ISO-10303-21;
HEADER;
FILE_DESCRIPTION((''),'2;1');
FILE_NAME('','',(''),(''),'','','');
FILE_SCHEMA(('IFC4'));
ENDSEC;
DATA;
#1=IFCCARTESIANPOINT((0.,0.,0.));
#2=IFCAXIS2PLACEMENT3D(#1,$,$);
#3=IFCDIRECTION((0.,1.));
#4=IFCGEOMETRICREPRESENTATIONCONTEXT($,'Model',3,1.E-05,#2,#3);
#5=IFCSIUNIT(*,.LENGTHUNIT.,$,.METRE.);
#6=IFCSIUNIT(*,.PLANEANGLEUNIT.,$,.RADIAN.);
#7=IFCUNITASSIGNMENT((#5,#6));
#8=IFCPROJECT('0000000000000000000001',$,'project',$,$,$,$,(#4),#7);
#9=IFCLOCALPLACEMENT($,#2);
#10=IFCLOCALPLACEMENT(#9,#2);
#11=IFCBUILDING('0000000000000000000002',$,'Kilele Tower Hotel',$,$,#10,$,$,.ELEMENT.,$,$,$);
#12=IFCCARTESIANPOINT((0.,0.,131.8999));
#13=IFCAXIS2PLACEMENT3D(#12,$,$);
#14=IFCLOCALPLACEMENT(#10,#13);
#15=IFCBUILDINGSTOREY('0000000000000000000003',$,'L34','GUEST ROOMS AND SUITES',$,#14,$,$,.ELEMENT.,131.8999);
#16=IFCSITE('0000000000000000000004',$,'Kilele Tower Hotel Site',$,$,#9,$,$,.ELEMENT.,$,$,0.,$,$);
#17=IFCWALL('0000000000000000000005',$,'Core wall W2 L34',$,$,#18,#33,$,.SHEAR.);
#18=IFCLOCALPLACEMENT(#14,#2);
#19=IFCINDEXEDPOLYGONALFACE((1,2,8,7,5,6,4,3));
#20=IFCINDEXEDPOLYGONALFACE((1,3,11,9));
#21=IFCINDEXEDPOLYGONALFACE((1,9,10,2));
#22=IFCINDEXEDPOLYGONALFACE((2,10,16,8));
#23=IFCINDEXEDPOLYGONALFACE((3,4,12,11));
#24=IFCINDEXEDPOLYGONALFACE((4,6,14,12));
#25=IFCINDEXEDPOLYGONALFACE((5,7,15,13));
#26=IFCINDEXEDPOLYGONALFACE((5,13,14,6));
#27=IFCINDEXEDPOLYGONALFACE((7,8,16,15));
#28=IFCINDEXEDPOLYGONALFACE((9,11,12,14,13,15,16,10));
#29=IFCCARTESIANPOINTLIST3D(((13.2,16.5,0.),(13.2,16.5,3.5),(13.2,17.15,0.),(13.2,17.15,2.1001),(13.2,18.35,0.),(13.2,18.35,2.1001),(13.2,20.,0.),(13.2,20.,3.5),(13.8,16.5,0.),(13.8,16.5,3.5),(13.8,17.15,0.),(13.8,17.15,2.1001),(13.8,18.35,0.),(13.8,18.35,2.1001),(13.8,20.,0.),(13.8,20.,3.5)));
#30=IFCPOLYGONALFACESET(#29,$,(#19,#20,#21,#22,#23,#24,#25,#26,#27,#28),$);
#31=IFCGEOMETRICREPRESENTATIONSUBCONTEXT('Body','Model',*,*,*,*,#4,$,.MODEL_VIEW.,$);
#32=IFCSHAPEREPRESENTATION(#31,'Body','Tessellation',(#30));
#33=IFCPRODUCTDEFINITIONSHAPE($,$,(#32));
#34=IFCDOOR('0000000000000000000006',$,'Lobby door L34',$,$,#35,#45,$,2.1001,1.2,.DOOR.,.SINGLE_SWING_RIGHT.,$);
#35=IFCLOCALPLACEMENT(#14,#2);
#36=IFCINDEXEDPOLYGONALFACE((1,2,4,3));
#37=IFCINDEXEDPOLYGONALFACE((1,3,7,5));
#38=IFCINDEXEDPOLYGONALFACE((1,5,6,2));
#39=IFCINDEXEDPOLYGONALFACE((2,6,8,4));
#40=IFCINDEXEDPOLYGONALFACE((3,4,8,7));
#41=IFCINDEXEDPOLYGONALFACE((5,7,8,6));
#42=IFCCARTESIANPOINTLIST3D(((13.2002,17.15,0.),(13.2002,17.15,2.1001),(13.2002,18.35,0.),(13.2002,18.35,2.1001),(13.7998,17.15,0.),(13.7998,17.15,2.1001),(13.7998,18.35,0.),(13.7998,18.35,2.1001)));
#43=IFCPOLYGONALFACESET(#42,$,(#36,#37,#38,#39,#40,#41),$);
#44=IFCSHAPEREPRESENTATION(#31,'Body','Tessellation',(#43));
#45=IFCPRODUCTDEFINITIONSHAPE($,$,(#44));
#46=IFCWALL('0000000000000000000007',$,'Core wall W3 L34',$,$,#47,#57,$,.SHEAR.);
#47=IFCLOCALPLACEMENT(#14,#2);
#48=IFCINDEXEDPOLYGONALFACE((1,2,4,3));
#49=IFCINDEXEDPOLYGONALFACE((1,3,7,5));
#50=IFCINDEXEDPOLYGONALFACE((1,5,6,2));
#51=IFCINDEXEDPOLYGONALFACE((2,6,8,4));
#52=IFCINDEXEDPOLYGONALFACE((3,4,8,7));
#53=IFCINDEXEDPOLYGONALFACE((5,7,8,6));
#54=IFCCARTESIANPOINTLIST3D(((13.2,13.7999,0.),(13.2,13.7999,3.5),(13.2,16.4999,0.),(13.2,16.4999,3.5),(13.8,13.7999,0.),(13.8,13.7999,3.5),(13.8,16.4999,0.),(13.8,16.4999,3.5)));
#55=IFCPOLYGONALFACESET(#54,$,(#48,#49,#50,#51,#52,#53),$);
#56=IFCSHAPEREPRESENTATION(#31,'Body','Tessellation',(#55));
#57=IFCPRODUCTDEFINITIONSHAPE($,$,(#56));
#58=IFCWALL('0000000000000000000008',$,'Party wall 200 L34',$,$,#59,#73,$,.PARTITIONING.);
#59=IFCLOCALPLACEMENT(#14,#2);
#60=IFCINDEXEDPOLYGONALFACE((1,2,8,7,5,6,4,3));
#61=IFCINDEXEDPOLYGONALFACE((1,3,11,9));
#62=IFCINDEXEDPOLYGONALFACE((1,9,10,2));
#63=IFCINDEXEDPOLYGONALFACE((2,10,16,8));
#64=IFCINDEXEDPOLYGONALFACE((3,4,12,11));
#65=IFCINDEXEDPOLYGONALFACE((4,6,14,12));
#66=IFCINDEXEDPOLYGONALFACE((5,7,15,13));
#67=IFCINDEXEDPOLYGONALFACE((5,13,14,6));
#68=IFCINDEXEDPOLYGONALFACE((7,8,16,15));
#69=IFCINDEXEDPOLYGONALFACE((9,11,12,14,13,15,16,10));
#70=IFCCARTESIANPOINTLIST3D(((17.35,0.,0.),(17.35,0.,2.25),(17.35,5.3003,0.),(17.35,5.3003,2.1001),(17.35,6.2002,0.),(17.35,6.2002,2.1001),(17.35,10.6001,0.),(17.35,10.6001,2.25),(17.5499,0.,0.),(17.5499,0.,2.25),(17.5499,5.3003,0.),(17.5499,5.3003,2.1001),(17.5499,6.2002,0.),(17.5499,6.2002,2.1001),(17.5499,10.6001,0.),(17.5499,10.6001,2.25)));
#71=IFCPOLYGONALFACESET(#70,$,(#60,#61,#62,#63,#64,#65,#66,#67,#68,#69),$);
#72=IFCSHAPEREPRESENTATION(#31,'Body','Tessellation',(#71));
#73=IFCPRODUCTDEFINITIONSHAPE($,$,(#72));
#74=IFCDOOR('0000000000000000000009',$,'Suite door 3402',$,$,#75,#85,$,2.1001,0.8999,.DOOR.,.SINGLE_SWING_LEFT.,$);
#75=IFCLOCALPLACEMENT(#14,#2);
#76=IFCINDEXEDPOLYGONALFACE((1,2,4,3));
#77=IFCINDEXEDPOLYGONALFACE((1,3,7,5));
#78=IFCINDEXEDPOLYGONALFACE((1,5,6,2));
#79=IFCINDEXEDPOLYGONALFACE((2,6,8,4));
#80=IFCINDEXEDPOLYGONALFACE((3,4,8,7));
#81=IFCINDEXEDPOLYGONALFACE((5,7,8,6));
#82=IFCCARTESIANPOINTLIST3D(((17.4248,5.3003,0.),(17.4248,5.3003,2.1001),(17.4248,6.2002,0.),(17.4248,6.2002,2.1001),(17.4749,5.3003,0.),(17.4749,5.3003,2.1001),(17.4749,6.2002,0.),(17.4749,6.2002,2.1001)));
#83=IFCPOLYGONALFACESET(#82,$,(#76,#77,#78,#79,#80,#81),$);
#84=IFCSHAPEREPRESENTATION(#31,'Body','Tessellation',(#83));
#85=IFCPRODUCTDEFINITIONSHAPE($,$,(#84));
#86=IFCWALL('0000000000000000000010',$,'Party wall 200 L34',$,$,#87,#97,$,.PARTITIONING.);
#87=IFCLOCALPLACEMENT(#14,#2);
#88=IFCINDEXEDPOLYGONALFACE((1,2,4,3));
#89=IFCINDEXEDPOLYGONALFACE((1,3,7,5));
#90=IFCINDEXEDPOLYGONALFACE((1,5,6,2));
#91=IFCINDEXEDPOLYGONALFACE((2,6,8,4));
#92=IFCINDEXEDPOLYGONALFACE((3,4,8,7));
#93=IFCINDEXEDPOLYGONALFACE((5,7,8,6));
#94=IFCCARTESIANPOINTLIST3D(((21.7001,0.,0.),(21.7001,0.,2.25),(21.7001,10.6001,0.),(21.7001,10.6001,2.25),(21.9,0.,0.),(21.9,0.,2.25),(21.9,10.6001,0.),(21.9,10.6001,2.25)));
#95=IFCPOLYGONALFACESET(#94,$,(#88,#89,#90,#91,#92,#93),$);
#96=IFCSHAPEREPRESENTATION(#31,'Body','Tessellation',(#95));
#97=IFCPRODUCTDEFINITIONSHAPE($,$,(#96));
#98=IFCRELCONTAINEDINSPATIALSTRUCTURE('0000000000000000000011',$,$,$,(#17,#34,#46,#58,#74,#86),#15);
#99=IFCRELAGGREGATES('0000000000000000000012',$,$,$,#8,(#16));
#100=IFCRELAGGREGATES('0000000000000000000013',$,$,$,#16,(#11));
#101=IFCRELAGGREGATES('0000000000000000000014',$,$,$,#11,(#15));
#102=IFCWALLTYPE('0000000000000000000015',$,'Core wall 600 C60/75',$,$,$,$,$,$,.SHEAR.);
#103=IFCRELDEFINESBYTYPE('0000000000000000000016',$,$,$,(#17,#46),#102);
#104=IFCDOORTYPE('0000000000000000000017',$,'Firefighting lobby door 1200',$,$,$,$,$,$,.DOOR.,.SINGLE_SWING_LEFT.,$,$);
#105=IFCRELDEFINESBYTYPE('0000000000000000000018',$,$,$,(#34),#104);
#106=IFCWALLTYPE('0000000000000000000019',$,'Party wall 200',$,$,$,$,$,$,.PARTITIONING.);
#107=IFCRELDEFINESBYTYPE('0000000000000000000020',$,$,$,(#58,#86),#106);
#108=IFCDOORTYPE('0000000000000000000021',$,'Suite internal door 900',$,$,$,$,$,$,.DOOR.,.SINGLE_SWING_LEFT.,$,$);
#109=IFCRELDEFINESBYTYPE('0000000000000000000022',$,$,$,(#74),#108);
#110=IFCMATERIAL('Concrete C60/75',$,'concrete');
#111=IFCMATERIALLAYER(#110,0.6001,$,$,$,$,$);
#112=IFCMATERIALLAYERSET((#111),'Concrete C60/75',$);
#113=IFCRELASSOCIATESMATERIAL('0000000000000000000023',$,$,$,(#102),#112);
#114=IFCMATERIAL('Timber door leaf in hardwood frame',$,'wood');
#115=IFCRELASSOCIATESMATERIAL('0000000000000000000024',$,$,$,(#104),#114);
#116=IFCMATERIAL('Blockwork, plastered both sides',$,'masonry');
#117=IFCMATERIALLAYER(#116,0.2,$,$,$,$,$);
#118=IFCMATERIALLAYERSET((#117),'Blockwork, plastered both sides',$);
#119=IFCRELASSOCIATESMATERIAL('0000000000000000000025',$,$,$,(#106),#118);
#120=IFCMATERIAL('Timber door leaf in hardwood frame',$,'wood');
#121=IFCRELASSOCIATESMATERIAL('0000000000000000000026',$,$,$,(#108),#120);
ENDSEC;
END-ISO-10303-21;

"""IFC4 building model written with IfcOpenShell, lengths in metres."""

from ifc_helpers import new_model, si_unit, direction, frame, frame_2d, origin, place, context, subcontext, project, spatial, rectangle, extrude, material, layer, layer_set, type_object, element, fill, save


model = new_model("IFC4")

# Units and contexts
model_context = context("Model", 3, precision=1e-05, world=origin(), true_north=direction((0.0, 1.0)))
body_context = subcontext(model_context, "Body", "Model", "MODEL_VIEW")
ifc_project = project(units=[si_unit("LENGTHUNIT", "METRE"), si_unit("PLANEANGLEUNIT", "RADIAN")], contexts=[model_context])

# Site, building, storey
site_placement = place(None, origin())
site = spatial("IfcSite", under=ifc_project, at=site_placement, Name="Kilele Tower Hotel Site", CompositionType="ELEMENT", RefElevation=0.0)
building_placement = place(site_placement, origin())
building = spatial("IfcBuilding", under=site, at=building_placement, Name="Kilele Tower Hotel", CompositionType="ELEMENT")
storey_placement = place(building_placement, frame((0.0, 0.0, 131.8999)))
storey = spatial("IfcBuildingStorey", under=building, at=storey_placement, Name="L34", Description="GUEST ROOMS AND SUITES", CompositionType="ELEMENT", Elevation=131.8999)

# Shared definitions
ifc_material_1 = material(Name="Concrete C60/75", Category="concrete")
ifc_layer_1 = layer(ifc_material_1, 0.6001)
ifc_layer_set_1 = layer_set([ifc_layer_1], Name="Concrete C60/75")
wall_type_1 = type_object("IfcWallType", Name="Core wall 600 C60/75", PredefinedType="SHEAR", material=ifc_layer_set_1)
ifc_material_2 = material(Name="Timber door leaf in hardwood frame", Category="wood")
door_type_1 = type_object("IfcDoorType", Name="Firefighting lobby door 1200", OperationType="SINGLE_SWING_LEFT", PredefinedType="DOOR", material=ifc_material_2)

# Wall, opening, door
wall_1_placement = place(storey_placement, frame((13.5, 20.0, 0.0), z_axis=(0.0, 0.0, 1.0), x_axis=(0.0, -1.0, 0.0)))
wall_1 = element("IfcWall", 1, at=wall_1_placement, inside=storey, type_object=wall_type_1, Name="Core wall W2 L34", PredefinedType="SHEAR", context=body_context, shape_type="SweptSolid", body=[
    extrude(rectangle(XDim=3.5, YDim=0.6001, at=frame_2d((1.75, 0.0))), origin(), (0.0, 0.0, 1.0), 3.5),
])
opening_1_placement = place(wall_1_placement, frame((1.6499, 0.0, 0.0)))
opening_1 = element("IfcOpeningElement", 2, at=opening_1_placement, cuts=wall_1, PredefinedType="OPENING", context=body_context, shape_type="SweptSolid", body=[
    extrude(rectangle(XDim=1.2, YDim=2.1001, at=frame_2d((0.6001, 1.05))), frame((0.0, 0.3101, 0.0), z_axis=(0.0, -1.0, 0.0), x_axis=(1.0, 0.0, 0.0)), (0.0, 0.0, 1.0), 0.6201),
])
door_1_placement = place(opening_1_placement, origin())
door_1 = element("IfcDoor", 3, at=door_1_placement, inside=storey, type_object=door_type_1, Name="Lobby door L34", OperationType="SINGLE_SWING_RIGHT", OverallHeight=2.1001, OverallWidth=1.2, PredefinedType="DOOR", context=body_context, shape_type="SweptSolid", body=[
    extrude(rectangle(XDim=1.2, YDim=2.1001, at=frame_2d((0.6001, 1.05))), frame((0.0, 0.2998, 0.0), z_axis=(0.0, -1.0, 0.0), x_axis=(1.0, 0.0, 0.0)), (0.0, 0.0, 1.0), 0.5996),
])
fill(opening_1, door_1)

# Wall
wall_2_placement = place(storey_placement, frame((13.5, 16.5, 0.0), z_axis=(0.0, 0.0, 1.0), x_axis=(0.0, -1.0, 0.0)))
element("IfcWall", 4, at=wall_2_placement, inside=storey, type_object=wall_type_1, Name="Core wall W3 L34", PredefinedType="SHEAR", context=body_context, shape_type="SweptSolid", body=[
    extrude(rectangle(XDim=2.7, YDim=0.6001, at=frame_2d((1.3501, 0.0))), origin(), (0.0, 0.0, 1.0), 3.5),
])

# Wall, opening, door
ifc_material_3 = material(Name="Blockwork, plastered both sides", Category="masonry")
ifc_layer_2 = layer(ifc_material_3, 0.2)
ifc_layer_set_2 = layer_set([ifc_layer_2], Name="Blockwork, plastered both sides")
wall_type_2 = type_object("IfcWallType", Name="Party wall 200", PredefinedType="PARTITIONING", material=ifc_layer_set_2)
wall_3_placement = place(storey_placement, frame((17.45, 10.6001, 0.0), z_axis=(0.0, 0.0, 1.0), x_axis=(0.0, -1.0, 0.0)))
wall_3 = element("IfcWall", 5, at=wall_3_placement, inside=storey, type_object=wall_type_2, Name="Party wall 200 L34", PredefinedType="PARTITIONING", context=body_context, shape_type="SweptSolid", body=[
    extrude(rectangle(XDim=10.6001, YDim=0.2, at=frame_2d((5.3, 0.0))), origin(), (0.0, 0.0, 1.0), 2.25),
])
opening_2_placement = place(wall_3_placement, frame((4.3999, 0.0, 0.0)))
opening_2 = element("IfcOpeningElement", 6, at=opening_2_placement, cuts=wall_3, PredefinedType="OPENING", context=body_context, shape_type="SweptSolid", body=[
    extrude(rectangle(XDim=0.8999, YDim=2.1001, at=frame_2d((0.45, 1.05))), frame((0.0, 0.1099, 0.0), z_axis=(0.0, -1.0, 0.0), x_axis=(1.0, 0.0, 0.0)), (0.0, 0.0, 1.0), 0.22),
])
ifc_material_4 = material(Name="Timber door leaf in hardwood frame", Category="wood")
door_type_2 = type_object("IfcDoorType", Name="Suite internal door 900", OperationType="SINGLE_SWING_LEFT", PredefinedType="DOOR", material=ifc_material_4)
door_2_placement = place(opening_2_placement, origin())
door_2 = element("IfcDoor", 7, at=door_2_placement, inside=storey, type_object=door_type_2, Name="Suite door 3402", OperationType="SINGLE_SWING_LEFT", OverallHeight=2.1001, OverallWidth=0.8999, PredefinedType="DOOR", context=body_context, shape_type="SweptSolid", body=[
    extrude(rectangle(XDim=0.8999, YDim=2.1001, at=frame_2d((0.45, 1.05))), frame((0.0, 0.0249, 0.0), z_axis=(0.0, -1.0, 0.0), x_axis=(1.0, 0.0, 0.0)), (0.0, 0.0, 1.0), 0.05),
])
fill(opening_2, door_2)

# Wall
wall_4_placement = place(storey_placement, frame((21.8, 10.6001, 0.0), z_axis=(0.0, 0.0, 1.0), x_axis=(0.0, -1.0, 0.0)))
element("IfcWall", 8, at=wall_4_placement, inside=storey, type_object=wall_type_2, Name="Party wall 200 L34", PredefinedType="PARTITIONING", context=body_context, shape_type="SweptSolid", body=[
    extrude(rectangle(XDim=10.6001, YDim=0.2, at=frame_2d((5.3, 0.0))), origin(), (0.0, 0.0, 1.0), 2.25),
])

save(model, "model.ifc")
